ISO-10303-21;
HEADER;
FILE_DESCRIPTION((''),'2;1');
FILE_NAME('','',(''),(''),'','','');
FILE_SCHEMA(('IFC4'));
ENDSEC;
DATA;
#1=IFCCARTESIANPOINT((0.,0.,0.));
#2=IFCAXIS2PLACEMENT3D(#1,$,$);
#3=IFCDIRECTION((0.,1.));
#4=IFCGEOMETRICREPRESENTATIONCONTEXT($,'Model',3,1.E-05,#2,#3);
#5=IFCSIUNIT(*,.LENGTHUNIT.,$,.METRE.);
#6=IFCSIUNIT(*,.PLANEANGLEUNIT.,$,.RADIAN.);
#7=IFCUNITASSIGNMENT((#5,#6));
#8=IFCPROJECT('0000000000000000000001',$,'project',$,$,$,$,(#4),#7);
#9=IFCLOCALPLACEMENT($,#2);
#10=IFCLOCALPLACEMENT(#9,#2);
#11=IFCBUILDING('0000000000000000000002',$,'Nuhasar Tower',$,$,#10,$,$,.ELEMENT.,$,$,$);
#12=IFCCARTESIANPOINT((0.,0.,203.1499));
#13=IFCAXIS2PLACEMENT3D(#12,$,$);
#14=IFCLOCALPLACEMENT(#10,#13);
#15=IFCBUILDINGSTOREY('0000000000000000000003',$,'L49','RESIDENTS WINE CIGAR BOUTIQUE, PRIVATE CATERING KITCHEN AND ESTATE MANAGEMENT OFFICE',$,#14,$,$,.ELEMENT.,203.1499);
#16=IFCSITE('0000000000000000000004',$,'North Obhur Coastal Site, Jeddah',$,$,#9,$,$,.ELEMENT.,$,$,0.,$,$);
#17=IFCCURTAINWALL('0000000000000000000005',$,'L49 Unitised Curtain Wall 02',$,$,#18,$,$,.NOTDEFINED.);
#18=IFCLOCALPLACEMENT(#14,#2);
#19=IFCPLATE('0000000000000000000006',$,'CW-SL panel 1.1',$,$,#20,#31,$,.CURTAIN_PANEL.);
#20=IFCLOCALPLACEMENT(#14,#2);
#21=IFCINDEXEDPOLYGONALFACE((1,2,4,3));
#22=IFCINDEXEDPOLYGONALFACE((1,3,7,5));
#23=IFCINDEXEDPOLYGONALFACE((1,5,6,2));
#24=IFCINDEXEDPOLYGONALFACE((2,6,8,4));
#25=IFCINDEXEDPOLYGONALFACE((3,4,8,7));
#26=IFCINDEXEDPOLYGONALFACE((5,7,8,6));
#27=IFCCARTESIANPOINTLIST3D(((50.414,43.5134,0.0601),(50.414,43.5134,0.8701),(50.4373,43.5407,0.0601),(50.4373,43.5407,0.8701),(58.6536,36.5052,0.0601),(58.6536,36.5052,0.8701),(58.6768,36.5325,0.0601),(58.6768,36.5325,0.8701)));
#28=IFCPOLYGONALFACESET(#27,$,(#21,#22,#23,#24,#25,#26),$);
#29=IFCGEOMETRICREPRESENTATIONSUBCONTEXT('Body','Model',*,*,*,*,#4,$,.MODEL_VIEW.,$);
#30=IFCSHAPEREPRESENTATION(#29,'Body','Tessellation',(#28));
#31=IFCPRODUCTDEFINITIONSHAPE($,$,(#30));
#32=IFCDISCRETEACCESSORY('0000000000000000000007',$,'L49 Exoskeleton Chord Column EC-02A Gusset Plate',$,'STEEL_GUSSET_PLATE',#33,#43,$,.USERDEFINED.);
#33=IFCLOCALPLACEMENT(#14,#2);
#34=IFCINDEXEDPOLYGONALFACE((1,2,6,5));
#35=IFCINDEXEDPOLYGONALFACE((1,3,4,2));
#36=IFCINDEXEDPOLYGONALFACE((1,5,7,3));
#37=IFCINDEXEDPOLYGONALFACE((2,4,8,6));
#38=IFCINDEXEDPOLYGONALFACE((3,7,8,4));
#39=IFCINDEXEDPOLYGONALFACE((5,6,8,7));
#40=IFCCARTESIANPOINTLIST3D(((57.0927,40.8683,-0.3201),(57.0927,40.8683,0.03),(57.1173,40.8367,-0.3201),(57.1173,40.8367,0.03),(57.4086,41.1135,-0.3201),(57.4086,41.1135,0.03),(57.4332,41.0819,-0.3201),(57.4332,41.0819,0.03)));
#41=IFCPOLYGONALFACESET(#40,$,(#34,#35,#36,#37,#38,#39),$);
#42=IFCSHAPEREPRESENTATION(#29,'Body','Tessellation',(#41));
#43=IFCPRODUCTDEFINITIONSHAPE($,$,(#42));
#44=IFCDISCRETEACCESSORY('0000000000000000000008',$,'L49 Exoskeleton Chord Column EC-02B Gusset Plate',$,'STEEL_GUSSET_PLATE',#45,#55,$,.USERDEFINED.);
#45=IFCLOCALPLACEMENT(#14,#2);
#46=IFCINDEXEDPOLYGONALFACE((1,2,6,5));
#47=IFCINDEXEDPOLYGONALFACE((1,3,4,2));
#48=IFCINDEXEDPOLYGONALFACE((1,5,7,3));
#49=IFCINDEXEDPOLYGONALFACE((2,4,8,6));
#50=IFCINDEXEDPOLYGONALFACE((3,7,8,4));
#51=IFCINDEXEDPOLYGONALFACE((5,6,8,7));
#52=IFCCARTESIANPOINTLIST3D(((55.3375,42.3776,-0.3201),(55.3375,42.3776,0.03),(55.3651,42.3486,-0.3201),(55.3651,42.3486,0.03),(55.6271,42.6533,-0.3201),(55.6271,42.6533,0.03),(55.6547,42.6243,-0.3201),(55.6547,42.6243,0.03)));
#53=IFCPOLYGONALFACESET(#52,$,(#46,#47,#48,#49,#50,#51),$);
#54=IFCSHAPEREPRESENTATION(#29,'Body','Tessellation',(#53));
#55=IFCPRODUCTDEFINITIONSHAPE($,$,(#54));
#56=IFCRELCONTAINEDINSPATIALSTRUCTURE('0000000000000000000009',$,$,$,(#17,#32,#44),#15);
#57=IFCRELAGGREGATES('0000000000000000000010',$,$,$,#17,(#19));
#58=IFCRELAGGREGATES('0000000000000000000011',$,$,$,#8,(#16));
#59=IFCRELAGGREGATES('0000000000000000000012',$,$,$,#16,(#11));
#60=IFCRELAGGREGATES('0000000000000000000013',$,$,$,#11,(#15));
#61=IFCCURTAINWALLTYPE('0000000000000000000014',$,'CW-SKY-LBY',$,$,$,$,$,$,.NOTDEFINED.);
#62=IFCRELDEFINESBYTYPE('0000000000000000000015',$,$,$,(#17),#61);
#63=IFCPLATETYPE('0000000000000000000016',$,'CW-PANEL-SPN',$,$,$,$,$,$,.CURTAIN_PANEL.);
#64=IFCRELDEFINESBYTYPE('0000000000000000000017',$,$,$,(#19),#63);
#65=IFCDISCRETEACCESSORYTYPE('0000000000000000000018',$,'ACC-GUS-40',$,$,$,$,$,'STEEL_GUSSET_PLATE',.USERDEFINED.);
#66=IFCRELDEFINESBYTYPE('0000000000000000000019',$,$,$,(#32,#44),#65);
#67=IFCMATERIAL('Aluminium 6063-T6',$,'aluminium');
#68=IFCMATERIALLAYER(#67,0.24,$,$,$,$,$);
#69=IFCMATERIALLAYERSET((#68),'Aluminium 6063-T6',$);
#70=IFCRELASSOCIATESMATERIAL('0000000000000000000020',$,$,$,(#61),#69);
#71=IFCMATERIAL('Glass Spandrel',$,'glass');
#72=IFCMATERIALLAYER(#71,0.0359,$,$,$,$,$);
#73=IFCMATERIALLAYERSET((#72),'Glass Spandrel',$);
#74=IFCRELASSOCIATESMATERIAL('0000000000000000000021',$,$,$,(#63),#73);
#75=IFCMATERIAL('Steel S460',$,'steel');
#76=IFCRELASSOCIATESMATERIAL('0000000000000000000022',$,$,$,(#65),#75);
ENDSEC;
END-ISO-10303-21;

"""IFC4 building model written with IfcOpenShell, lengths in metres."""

from ifc_helpers import new_model, si_unit, direction, frame, origin, origin_2d, place, context, subcontext, project, spatial, rectangle, extrude, material, layer, layer_set, type_object, element, aggregate, save


model = new_model("IFC4")

# Units and contexts
model_context = context("Model", 3, precision=1e-05, world=origin(), true_north=direction((0.0, 1.0)))
body_context = subcontext(model_context, "Body", "Model", "MODEL_VIEW")
ifc_project = project(units=[si_unit("LENGTHUNIT", "METRE"), si_unit("PLANEANGLEUNIT", "RADIAN")], contexts=[model_context])

# Site, building, storey
site_placement = place(None, origin())
site = spatial("IfcSite", under=ifc_project, at=site_placement, Name="North Obhur Coastal Site, Jeddah", CompositionType="ELEMENT", RefElevation=0.0)
building_placement = place(site_placement, origin())
building = spatial("IfcBuilding", under=site, at=building_placement, Name="Nuhasar Tower", CompositionType="ELEMENT")
storey_placement = place(building_placement, frame((0.0, 0.0, 203.1499)))
storey = spatial("IfcBuildingStorey", under=building, at=storey_placement, Name="L49", Description="RESIDENTS WINE CIGAR BOUTIQUE, PRIVATE CATERING KITCHEN AND ESTATE MANAGEMENT OFFICE", CompositionType="ELEMENT", Elevation=203.1499)

# Shared definitions
ifc_material_1 = material(Name="Steel S460", Category="steel")

# Shared definitions
ifc_material_2 = material(Name="Aluminium 6063-T6", Category="aluminium")
ifc_layer_1 = layer(ifc_material_2, 0.24)
ifc_layer_set_1 = layer_set([ifc_layer_1], Name="Aluminium 6063-T6")
curtain_wall_type = type_object("IfcCurtainWallType", Name="CW-SKY-LBY", PredefinedType="NOTDEFINED", material=ifc_layer_set_1)

# Curtain wall
curtain_wall_1_placement = place(storey_placement, origin())
curtain_wall_1 = element("IfcCurtainWall", 1, at=curtain_wall_1_placement, inside=storey, type_object=curtain_wall_type, Name="L49 Unitised Curtain Wall 02", PredefinedType="NOTDEFINED")

# Plate
ifc_material_3 = material(Name="Glass Spandrel", Category="glass")
ifc_layer_2 = layer(ifc_material_3, 0.0359)
ifc_layer_set_2 = layer_set([ifc_layer_2], Name="Glass Spandrel")
plate_type_1 = type_object("IfcPlateType", Name="CW-PANEL-SPN", PredefinedType="CURTAIN_PANEL", material=ifc_layer_set_2)
plate_1_placement = place(storey_placement, frame((54.5454, 40.0229, 0.0601), z_axis=(0.0, 0.0, 1.0), x_axis=(-0.761729, 0.647895, 0.0)))
plate_1 = element("IfcPlate", 2, at=plate_1_placement, type_object=plate_type_1, Name="CW-SL panel 1.1", PredefinedType="CURTAIN_PANEL", context=body_context, shape_type="SweptSolid", body=[
    extrude(rectangle(XDim=10.8169, YDim=0.0359, at=origin_2d()), origin(), (0.0, 0.0, 1.0), 0.8101),
])
aggregate(curtain_wall_1, [plate_1])

# Discrete accessories
discrete_accessory_type = type_object("IfcDiscreteAccessoryType", Name="ACC-GUS-40", ElementType="STEEL_GUSSET_PLATE", PredefinedType="USERDEFINED", material=ifc_material_1)
for number, where, z_axis, x_axis, name in (
    (3, (57.2629, 40.9751, -0.3201), (0.0, 0.0, 1.0), (0.789984, 0.613128, 0.0), "L49 Exoskeleton Chord Column EC-02A Gusset Plate"),
    (4, (55.4961, 42.501, -0.3201), (0.0, 0.0, 1.0), (0.724352, 0.68943, 0.0), "L49 Exoskeleton Chord Column EC-02B Gusset Plate"),
):
    element("IfcDiscreteAccessory", number, at=place(storey_placement, frame(where, z_axis=z_axis, x_axis=x_axis)), inside=storey, type_object=discrete_accessory_type, Name=name, ObjectType="STEEL_GUSSET_PLATE", PredefinedType="USERDEFINED", context=body_context, shape_type="SweptSolid", body=[
        extrude(rectangle(XDim=0.3999, YDim=0.04, at=origin_2d()), origin(), (0.0, 0.0, 1.0), 0.3501),
    ])

save(model, "model.ifc")
